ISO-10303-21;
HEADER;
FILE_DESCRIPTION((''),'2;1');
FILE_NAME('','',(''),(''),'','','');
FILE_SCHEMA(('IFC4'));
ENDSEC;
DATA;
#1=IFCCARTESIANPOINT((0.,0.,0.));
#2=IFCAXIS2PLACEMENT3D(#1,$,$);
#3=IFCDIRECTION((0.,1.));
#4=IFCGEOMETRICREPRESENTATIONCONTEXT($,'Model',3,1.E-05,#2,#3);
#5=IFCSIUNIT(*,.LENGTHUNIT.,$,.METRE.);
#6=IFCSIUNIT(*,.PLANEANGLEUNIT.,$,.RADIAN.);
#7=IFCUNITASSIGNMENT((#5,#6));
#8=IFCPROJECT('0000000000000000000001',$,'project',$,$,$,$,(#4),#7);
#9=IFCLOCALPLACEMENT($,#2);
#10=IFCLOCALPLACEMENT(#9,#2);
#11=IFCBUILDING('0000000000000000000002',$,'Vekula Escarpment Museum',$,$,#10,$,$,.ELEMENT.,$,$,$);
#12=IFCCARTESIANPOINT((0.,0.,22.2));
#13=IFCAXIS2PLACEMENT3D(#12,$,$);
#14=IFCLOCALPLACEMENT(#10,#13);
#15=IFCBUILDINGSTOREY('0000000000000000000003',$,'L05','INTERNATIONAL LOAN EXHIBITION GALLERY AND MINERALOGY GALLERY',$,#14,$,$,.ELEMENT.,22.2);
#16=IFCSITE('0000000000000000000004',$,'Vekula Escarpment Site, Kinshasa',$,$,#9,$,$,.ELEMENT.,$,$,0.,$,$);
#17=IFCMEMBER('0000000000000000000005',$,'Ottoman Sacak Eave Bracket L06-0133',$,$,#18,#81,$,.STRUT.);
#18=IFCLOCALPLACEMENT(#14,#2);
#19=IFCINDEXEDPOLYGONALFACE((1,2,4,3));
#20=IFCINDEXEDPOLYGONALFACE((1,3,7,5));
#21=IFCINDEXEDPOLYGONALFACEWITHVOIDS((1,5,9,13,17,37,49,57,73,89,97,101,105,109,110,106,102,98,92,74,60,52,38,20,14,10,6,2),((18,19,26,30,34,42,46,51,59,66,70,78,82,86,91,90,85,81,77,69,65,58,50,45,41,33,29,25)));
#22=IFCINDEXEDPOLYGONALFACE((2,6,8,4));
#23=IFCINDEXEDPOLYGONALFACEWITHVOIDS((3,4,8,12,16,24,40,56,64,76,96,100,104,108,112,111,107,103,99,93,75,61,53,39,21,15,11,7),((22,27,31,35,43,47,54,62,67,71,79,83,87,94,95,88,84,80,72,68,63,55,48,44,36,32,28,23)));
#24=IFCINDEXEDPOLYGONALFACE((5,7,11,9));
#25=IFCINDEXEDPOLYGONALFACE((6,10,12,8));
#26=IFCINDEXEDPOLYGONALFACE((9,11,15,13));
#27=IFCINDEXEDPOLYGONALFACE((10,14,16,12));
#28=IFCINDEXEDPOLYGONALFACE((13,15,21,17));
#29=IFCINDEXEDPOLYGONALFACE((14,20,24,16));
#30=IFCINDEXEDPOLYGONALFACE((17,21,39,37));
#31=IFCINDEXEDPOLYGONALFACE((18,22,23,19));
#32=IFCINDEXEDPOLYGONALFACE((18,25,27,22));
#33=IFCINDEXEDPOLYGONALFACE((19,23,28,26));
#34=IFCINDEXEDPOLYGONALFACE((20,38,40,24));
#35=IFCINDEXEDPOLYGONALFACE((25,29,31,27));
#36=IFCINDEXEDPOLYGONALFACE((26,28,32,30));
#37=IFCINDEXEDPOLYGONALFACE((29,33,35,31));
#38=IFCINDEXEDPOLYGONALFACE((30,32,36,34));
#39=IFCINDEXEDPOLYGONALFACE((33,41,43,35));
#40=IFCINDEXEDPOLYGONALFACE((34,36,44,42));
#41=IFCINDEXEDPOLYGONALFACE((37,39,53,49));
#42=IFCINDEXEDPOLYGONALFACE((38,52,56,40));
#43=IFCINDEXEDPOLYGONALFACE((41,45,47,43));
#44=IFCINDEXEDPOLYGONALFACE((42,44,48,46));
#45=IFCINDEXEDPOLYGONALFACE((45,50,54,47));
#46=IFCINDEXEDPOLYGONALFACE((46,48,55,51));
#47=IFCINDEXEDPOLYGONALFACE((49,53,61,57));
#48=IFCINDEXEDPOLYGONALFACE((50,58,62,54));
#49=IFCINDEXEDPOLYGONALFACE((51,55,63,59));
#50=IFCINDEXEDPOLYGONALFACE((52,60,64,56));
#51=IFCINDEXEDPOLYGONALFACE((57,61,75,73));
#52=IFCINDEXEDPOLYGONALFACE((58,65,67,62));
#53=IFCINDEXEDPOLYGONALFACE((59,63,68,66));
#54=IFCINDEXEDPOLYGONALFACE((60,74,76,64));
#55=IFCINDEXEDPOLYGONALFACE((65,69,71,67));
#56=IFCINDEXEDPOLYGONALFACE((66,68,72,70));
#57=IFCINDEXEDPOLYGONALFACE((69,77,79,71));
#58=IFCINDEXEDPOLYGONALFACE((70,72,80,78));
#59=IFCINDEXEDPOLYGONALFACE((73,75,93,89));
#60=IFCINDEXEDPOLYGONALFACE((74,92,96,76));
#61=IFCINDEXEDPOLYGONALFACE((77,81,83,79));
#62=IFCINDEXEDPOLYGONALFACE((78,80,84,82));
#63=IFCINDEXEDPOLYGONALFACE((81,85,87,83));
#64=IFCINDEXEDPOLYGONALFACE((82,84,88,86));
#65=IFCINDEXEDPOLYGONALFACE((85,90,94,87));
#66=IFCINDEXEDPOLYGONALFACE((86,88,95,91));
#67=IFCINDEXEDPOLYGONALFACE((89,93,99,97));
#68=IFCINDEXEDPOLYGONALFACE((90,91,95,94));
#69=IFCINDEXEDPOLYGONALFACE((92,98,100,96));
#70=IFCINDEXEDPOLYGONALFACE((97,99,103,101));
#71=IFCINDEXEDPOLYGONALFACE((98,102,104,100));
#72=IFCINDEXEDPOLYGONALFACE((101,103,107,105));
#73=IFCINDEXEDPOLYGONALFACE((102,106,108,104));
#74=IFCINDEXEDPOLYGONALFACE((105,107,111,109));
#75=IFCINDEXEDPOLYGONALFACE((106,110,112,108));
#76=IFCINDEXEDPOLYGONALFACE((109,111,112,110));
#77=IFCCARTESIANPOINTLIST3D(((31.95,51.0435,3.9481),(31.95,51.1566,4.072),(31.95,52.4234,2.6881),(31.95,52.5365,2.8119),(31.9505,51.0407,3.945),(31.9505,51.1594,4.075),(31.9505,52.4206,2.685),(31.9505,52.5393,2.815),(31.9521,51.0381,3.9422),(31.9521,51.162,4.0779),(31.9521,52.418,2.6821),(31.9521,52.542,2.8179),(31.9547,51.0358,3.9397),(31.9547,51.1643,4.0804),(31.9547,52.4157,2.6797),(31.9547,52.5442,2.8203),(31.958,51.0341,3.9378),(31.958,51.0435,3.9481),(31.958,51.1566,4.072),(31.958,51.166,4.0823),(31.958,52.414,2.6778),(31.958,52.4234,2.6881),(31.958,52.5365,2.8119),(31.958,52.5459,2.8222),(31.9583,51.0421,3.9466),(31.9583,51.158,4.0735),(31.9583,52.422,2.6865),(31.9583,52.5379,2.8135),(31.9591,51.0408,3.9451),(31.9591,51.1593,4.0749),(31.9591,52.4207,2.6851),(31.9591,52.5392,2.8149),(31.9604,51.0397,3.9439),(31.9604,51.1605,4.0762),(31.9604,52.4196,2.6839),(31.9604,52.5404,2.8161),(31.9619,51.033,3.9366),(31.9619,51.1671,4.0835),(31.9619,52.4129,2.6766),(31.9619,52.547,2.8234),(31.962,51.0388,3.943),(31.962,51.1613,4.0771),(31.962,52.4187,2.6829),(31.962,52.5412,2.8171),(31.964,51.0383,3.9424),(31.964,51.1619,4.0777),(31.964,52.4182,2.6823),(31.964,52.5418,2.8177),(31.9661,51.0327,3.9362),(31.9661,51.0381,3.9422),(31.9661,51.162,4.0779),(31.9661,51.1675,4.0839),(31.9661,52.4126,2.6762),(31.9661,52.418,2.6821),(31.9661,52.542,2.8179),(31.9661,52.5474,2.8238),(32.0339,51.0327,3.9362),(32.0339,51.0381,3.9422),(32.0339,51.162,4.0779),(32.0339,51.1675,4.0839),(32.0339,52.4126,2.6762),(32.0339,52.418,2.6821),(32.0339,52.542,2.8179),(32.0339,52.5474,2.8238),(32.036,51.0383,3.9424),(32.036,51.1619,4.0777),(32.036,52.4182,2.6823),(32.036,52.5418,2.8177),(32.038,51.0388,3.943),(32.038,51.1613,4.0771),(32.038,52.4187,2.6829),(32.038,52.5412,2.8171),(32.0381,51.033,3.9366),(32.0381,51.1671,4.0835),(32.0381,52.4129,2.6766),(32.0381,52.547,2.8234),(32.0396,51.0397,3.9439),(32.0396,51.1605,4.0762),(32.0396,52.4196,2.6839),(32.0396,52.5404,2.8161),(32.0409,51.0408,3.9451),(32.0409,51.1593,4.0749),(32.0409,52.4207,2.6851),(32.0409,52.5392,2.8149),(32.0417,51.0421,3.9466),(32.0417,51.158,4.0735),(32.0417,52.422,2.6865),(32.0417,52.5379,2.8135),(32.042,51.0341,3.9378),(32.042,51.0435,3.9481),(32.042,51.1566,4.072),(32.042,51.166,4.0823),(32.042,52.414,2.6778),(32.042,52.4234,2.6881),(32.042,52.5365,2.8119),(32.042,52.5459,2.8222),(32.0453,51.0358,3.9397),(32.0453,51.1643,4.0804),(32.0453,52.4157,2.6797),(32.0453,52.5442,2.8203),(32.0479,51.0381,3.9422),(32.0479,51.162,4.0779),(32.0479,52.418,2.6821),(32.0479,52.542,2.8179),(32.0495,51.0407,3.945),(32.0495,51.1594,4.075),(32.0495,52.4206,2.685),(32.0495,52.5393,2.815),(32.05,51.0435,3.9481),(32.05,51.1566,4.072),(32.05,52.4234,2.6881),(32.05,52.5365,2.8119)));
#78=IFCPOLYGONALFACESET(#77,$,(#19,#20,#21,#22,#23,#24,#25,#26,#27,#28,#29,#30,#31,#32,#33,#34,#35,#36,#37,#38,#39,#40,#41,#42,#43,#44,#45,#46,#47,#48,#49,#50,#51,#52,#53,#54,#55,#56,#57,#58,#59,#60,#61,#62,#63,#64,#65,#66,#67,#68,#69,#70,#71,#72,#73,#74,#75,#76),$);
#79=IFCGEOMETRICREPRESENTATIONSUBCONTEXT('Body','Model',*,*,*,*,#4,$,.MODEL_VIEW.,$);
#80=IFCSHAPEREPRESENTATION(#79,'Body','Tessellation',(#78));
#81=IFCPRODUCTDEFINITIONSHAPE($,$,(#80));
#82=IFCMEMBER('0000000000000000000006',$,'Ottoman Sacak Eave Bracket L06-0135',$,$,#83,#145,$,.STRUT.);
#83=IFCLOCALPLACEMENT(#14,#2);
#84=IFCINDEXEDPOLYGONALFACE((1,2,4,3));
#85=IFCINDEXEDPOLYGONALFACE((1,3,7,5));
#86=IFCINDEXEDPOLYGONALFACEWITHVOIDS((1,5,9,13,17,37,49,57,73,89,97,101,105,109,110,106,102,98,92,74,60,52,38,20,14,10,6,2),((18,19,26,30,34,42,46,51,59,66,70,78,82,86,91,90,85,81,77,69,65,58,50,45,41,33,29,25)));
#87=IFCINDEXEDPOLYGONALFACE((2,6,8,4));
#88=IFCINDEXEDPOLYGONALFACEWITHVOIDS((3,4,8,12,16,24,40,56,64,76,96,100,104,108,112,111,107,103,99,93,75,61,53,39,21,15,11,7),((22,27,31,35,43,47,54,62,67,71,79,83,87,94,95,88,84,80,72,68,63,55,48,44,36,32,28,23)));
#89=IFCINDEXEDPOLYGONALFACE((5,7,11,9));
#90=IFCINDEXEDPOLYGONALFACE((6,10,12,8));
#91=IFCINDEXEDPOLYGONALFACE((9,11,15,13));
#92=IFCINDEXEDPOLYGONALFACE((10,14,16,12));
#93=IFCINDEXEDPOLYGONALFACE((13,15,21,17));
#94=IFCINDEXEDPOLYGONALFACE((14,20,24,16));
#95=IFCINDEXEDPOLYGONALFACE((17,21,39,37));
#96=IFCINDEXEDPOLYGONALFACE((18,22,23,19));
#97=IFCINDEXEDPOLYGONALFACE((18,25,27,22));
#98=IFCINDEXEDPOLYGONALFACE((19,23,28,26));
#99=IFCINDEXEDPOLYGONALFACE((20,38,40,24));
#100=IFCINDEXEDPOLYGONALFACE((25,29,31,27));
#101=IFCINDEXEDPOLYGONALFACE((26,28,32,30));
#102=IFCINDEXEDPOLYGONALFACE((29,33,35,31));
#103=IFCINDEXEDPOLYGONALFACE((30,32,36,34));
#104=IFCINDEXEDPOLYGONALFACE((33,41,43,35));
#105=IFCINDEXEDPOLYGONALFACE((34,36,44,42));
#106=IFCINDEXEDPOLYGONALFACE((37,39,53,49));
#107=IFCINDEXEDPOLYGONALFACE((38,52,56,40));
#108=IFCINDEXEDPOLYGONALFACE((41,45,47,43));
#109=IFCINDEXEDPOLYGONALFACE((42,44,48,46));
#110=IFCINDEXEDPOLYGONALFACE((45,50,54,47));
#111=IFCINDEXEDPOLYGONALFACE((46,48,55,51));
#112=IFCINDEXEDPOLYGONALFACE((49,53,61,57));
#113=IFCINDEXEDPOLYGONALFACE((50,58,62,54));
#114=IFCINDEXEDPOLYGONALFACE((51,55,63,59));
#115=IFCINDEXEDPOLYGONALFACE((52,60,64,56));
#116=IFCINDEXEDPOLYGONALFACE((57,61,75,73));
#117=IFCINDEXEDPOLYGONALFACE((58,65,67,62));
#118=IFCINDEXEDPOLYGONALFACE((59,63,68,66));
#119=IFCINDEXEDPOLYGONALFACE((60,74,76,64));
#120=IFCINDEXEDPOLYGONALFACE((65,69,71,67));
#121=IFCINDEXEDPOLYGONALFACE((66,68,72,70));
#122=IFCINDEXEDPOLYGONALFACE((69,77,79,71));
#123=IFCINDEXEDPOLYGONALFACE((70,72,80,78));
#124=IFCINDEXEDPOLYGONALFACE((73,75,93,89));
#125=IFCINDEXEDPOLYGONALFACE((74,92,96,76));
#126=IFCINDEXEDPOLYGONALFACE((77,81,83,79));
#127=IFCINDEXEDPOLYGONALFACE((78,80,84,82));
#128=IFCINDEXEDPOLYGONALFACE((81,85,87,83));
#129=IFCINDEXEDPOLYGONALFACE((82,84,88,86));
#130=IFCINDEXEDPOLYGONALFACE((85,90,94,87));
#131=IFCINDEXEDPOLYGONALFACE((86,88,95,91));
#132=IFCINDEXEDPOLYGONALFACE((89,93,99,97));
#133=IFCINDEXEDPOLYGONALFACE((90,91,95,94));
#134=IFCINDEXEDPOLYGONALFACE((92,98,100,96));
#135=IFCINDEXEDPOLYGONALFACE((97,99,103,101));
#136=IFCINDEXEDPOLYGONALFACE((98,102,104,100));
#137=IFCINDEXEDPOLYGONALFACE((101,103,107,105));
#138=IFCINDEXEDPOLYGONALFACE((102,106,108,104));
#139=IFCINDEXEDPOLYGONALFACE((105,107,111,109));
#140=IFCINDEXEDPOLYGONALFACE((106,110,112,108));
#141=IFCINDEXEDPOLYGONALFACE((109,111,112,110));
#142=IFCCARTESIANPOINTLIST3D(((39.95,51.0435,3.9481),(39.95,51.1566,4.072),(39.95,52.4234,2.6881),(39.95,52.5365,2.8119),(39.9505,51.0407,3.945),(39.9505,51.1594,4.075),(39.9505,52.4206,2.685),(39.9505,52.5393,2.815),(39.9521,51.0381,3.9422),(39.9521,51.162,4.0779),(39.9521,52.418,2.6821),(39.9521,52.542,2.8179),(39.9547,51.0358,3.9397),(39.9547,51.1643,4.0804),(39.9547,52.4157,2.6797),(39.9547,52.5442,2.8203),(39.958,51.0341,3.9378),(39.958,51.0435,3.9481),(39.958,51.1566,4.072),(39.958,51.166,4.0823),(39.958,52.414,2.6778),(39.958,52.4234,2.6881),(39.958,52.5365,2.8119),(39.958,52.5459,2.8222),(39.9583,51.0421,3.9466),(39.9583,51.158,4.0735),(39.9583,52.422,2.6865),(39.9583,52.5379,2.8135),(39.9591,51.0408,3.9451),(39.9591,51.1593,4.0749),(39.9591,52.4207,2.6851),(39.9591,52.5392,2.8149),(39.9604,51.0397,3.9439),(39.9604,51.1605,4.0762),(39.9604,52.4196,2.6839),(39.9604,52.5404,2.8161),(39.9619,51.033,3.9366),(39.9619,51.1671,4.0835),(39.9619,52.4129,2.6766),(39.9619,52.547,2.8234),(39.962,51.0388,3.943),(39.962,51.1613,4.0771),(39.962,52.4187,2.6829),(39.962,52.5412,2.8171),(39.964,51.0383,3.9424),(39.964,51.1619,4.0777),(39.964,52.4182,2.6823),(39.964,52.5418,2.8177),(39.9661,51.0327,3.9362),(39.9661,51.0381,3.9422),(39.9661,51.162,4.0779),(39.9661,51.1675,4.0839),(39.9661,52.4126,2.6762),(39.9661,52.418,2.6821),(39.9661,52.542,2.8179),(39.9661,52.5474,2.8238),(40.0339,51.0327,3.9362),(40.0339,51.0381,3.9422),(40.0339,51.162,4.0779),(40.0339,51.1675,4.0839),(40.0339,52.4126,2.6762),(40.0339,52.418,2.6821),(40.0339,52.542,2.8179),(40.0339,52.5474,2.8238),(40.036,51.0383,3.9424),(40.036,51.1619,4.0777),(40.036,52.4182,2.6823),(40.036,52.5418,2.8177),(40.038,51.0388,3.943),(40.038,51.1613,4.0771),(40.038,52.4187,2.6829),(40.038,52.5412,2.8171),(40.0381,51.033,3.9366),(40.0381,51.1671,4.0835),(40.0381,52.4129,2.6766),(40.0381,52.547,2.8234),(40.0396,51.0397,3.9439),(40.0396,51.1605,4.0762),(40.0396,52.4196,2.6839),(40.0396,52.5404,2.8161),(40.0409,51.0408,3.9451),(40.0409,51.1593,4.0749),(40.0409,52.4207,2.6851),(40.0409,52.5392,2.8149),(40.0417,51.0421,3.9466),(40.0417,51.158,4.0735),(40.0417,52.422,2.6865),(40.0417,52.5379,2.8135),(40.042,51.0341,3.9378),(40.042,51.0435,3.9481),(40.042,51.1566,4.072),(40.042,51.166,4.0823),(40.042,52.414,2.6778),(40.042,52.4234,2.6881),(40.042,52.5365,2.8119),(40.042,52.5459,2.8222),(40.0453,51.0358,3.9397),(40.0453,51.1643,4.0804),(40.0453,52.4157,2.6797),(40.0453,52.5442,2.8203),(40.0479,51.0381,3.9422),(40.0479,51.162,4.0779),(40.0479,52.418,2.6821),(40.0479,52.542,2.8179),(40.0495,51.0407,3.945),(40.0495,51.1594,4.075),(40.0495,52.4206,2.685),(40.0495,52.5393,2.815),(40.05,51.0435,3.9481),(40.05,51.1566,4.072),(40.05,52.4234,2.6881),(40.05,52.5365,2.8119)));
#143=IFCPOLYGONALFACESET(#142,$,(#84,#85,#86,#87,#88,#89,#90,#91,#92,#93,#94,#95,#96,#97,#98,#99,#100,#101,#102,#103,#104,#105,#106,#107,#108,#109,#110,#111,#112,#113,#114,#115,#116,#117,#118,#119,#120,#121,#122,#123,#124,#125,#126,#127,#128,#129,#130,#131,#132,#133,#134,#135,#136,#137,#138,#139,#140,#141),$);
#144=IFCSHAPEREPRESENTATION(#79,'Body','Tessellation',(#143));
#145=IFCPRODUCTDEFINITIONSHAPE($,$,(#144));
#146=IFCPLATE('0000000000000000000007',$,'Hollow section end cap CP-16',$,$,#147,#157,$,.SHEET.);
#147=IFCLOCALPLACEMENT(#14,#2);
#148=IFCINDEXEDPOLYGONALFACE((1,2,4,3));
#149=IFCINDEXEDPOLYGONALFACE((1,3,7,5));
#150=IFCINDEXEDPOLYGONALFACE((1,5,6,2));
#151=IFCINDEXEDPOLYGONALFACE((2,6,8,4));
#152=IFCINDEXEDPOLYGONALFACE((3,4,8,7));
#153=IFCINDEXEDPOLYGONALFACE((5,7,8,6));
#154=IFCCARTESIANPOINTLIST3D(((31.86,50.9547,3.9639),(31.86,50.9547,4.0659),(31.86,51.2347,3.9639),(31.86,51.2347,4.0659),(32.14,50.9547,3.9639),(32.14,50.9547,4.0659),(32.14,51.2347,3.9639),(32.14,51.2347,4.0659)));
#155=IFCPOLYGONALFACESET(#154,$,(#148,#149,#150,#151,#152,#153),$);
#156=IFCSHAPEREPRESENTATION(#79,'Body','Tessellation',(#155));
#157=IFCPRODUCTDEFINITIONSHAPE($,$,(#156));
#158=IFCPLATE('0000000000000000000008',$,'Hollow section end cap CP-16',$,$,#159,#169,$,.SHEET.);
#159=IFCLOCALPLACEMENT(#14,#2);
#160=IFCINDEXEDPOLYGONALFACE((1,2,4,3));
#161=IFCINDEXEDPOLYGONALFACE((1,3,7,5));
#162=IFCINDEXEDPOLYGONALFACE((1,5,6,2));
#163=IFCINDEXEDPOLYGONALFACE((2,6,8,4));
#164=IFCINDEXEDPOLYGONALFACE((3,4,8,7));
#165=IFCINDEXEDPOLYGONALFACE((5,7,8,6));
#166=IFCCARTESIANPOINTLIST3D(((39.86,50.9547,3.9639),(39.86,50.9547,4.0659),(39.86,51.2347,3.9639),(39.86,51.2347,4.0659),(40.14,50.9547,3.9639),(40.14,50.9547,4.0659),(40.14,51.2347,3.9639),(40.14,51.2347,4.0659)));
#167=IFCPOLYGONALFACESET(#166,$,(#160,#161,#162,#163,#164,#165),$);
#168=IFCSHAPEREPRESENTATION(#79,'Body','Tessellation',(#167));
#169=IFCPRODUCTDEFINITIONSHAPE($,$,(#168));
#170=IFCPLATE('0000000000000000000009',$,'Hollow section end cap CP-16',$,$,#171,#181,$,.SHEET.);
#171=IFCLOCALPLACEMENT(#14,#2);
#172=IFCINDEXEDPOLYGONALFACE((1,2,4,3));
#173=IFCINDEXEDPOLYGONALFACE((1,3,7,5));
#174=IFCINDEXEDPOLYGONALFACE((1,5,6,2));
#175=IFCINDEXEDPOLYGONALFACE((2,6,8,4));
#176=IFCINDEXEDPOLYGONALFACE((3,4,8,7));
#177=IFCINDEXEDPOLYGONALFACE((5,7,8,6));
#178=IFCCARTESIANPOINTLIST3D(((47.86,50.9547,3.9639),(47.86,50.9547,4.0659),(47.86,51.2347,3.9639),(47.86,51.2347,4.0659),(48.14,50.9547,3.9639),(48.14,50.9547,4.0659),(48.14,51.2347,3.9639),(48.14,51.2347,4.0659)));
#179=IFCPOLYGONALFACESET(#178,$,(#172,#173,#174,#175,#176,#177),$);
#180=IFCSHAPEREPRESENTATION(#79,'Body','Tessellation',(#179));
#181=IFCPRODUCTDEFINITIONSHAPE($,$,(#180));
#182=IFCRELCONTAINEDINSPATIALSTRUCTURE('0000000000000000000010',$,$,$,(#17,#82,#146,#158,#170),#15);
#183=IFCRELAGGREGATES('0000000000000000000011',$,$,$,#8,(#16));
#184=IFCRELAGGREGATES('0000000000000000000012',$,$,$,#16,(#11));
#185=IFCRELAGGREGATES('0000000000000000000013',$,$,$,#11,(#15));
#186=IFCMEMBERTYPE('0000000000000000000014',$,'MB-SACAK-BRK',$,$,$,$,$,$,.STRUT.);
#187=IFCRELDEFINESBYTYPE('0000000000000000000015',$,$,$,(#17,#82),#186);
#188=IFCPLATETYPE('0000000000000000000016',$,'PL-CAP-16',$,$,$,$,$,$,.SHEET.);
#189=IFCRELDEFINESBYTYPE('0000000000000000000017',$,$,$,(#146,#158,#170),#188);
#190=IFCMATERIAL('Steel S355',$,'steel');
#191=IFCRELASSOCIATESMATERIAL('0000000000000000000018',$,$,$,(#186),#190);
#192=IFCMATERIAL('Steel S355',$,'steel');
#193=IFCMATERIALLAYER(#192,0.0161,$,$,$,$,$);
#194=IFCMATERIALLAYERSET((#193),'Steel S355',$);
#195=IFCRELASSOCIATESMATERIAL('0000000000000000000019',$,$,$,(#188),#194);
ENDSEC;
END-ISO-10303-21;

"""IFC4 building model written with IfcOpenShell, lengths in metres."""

from ifc_helpers import new_model, si_unit, direction, frame, origin, origin_2d, place, context, subcontext, project, spatial, rectangle, hollow_rectangle, extrude, material, layer, layer_set, material_profile, profile_set, type_object, element, save


model = new_model("IFC4")

# Units and contexts
model_context = context("Model", 3, precision=1e-05, world=origin(), true_north=direction((0.0, 1.0)))
body_context = subcontext(model_context, "Body", "Model", "MODEL_VIEW")
ifc_project = project(units=[si_unit("LENGTHUNIT", "METRE"), si_unit("PLANEANGLEUNIT", "RADIAN")], contexts=[model_context])

# Site, building, storey
site_placement = place(None, origin())
site = spatial("IfcSite", under=ifc_project, at=site_placement, Name="Vekula Escarpment Site, Kinshasa", CompositionType="ELEMENT", RefElevation=0.0)
building_placement = place(site_placement, origin())
building = spatial("IfcBuilding", under=site, at=building_placement, Name="Vekula Escarpment Museum", CompositionType="ELEMENT")
storey_placement = place(building_placement, frame((0.0, 0.0, 22.2)))
storey = spatial("IfcBuildingStorey", under=building, at=storey_placement, Name="L05", Description="INTERNATIONAL LOAN EXHIBITION GALLERY AND MINERALOGY GALLERY", CompositionType="ELEMENT", Elevation=22.2)

# Members
ifc_material_1 = material(Name="Steel S355", Category="steel")
ifc_material_profile = material_profile(ifc_material_1, hollow_rectangle(XDim=0.1001, YDim=0.2, WallThickness=0.0081, InnerFilletRadius=0.0081, OuterFilletRadius=0.0161, at=origin_2d()), Name="RHS 200x100x8")
ifc_profile_set = profile_set([ifc_material_profile], Name="Steel S355")
member_type = type_object("IfcMemberType", Name="MB-SACAK-BRK", PredefinedType="STRUT", material=ifc_profile_set)
for number, where, z_axis, x_axis, name in (
    (1, (32.0, 52.48, 2.75), (0.0, -0.738454, 0.674303), (1.0, 0.0, 0.0), "Ottoman Sacak Eave Bracket L06-0133"),
    (2, (40.0, 52.48, 2.75), (0.0, -0.738454, 0.674303), (1.0, 0.0, 0.0), "Ottoman Sacak Eave Bracket L06-0135"),
):
    element("IfcMember", number, at=place(storey_placement, frame(where, z_axis=z_axis, x_axis=x_axis)), inside=storey, type_object=member_type, Name=name, PredefinedType="STRUT", context=body_context, shape_type="SweptSolid", body=[
        extrude(hollow_rectangle(XDim=0.1001, YDim=0.2, WallThickness=0.0081, InnerFilletRadius=0.0081, OuterFilletRadius=0.0161, at=origin_2d()), origin(), (0.0, 0.0, 1.0), 1.8687),
    ])

# Plates
ifc_material_2 = material(Name="Steel S355", Category="steel")
ifc_layer_1 = layer(ifc_material_2, 0.0161)
ifc_layer_set_1 = layer_set([ifc_layer_1], Name="Steel S355")
plate_type = type_object("IfcPlateType", Name="PL-CAP-16", PredefinedType="SHEET", material=ifc_layer_set_1)
for number, where, z_axis, x_axis, name in (
    (3, (32.0, 51.0947, 3.9639), (0.0, 0.0, 1.0), (1.0, 0.0, 0.0), "Hollow section end cap CP-16"),
    (4, (40.0, 51.0947, 3.9639), (0.0, 0.0, 1.0), (1.0, 0.0, 0.0), "Hollow section end cap CP-16"),
    (5, (48.0, 51.0947, 3.9639), (0.0, 0.0, 1.0), (1.0, 0.0, 0.0), "Hollow section end cap CP-16"),
):
    element("IfcPlate", number, at=place(storey_placement, frame(where, z_axis=z_axis, x_axis=x_axis)), inside=storey, type_object=plate_type, Name=name, PredefinedType="SHEET", context=body_context, shape_type="SweptSolid", body=[
        extrude(rectangle(XDim=0.28, YDim=0.28, at=origin_2d()), origin(), (0.0, 0.0, 1.0), 0.1021),
    ])

save(model, "model.ifc")
